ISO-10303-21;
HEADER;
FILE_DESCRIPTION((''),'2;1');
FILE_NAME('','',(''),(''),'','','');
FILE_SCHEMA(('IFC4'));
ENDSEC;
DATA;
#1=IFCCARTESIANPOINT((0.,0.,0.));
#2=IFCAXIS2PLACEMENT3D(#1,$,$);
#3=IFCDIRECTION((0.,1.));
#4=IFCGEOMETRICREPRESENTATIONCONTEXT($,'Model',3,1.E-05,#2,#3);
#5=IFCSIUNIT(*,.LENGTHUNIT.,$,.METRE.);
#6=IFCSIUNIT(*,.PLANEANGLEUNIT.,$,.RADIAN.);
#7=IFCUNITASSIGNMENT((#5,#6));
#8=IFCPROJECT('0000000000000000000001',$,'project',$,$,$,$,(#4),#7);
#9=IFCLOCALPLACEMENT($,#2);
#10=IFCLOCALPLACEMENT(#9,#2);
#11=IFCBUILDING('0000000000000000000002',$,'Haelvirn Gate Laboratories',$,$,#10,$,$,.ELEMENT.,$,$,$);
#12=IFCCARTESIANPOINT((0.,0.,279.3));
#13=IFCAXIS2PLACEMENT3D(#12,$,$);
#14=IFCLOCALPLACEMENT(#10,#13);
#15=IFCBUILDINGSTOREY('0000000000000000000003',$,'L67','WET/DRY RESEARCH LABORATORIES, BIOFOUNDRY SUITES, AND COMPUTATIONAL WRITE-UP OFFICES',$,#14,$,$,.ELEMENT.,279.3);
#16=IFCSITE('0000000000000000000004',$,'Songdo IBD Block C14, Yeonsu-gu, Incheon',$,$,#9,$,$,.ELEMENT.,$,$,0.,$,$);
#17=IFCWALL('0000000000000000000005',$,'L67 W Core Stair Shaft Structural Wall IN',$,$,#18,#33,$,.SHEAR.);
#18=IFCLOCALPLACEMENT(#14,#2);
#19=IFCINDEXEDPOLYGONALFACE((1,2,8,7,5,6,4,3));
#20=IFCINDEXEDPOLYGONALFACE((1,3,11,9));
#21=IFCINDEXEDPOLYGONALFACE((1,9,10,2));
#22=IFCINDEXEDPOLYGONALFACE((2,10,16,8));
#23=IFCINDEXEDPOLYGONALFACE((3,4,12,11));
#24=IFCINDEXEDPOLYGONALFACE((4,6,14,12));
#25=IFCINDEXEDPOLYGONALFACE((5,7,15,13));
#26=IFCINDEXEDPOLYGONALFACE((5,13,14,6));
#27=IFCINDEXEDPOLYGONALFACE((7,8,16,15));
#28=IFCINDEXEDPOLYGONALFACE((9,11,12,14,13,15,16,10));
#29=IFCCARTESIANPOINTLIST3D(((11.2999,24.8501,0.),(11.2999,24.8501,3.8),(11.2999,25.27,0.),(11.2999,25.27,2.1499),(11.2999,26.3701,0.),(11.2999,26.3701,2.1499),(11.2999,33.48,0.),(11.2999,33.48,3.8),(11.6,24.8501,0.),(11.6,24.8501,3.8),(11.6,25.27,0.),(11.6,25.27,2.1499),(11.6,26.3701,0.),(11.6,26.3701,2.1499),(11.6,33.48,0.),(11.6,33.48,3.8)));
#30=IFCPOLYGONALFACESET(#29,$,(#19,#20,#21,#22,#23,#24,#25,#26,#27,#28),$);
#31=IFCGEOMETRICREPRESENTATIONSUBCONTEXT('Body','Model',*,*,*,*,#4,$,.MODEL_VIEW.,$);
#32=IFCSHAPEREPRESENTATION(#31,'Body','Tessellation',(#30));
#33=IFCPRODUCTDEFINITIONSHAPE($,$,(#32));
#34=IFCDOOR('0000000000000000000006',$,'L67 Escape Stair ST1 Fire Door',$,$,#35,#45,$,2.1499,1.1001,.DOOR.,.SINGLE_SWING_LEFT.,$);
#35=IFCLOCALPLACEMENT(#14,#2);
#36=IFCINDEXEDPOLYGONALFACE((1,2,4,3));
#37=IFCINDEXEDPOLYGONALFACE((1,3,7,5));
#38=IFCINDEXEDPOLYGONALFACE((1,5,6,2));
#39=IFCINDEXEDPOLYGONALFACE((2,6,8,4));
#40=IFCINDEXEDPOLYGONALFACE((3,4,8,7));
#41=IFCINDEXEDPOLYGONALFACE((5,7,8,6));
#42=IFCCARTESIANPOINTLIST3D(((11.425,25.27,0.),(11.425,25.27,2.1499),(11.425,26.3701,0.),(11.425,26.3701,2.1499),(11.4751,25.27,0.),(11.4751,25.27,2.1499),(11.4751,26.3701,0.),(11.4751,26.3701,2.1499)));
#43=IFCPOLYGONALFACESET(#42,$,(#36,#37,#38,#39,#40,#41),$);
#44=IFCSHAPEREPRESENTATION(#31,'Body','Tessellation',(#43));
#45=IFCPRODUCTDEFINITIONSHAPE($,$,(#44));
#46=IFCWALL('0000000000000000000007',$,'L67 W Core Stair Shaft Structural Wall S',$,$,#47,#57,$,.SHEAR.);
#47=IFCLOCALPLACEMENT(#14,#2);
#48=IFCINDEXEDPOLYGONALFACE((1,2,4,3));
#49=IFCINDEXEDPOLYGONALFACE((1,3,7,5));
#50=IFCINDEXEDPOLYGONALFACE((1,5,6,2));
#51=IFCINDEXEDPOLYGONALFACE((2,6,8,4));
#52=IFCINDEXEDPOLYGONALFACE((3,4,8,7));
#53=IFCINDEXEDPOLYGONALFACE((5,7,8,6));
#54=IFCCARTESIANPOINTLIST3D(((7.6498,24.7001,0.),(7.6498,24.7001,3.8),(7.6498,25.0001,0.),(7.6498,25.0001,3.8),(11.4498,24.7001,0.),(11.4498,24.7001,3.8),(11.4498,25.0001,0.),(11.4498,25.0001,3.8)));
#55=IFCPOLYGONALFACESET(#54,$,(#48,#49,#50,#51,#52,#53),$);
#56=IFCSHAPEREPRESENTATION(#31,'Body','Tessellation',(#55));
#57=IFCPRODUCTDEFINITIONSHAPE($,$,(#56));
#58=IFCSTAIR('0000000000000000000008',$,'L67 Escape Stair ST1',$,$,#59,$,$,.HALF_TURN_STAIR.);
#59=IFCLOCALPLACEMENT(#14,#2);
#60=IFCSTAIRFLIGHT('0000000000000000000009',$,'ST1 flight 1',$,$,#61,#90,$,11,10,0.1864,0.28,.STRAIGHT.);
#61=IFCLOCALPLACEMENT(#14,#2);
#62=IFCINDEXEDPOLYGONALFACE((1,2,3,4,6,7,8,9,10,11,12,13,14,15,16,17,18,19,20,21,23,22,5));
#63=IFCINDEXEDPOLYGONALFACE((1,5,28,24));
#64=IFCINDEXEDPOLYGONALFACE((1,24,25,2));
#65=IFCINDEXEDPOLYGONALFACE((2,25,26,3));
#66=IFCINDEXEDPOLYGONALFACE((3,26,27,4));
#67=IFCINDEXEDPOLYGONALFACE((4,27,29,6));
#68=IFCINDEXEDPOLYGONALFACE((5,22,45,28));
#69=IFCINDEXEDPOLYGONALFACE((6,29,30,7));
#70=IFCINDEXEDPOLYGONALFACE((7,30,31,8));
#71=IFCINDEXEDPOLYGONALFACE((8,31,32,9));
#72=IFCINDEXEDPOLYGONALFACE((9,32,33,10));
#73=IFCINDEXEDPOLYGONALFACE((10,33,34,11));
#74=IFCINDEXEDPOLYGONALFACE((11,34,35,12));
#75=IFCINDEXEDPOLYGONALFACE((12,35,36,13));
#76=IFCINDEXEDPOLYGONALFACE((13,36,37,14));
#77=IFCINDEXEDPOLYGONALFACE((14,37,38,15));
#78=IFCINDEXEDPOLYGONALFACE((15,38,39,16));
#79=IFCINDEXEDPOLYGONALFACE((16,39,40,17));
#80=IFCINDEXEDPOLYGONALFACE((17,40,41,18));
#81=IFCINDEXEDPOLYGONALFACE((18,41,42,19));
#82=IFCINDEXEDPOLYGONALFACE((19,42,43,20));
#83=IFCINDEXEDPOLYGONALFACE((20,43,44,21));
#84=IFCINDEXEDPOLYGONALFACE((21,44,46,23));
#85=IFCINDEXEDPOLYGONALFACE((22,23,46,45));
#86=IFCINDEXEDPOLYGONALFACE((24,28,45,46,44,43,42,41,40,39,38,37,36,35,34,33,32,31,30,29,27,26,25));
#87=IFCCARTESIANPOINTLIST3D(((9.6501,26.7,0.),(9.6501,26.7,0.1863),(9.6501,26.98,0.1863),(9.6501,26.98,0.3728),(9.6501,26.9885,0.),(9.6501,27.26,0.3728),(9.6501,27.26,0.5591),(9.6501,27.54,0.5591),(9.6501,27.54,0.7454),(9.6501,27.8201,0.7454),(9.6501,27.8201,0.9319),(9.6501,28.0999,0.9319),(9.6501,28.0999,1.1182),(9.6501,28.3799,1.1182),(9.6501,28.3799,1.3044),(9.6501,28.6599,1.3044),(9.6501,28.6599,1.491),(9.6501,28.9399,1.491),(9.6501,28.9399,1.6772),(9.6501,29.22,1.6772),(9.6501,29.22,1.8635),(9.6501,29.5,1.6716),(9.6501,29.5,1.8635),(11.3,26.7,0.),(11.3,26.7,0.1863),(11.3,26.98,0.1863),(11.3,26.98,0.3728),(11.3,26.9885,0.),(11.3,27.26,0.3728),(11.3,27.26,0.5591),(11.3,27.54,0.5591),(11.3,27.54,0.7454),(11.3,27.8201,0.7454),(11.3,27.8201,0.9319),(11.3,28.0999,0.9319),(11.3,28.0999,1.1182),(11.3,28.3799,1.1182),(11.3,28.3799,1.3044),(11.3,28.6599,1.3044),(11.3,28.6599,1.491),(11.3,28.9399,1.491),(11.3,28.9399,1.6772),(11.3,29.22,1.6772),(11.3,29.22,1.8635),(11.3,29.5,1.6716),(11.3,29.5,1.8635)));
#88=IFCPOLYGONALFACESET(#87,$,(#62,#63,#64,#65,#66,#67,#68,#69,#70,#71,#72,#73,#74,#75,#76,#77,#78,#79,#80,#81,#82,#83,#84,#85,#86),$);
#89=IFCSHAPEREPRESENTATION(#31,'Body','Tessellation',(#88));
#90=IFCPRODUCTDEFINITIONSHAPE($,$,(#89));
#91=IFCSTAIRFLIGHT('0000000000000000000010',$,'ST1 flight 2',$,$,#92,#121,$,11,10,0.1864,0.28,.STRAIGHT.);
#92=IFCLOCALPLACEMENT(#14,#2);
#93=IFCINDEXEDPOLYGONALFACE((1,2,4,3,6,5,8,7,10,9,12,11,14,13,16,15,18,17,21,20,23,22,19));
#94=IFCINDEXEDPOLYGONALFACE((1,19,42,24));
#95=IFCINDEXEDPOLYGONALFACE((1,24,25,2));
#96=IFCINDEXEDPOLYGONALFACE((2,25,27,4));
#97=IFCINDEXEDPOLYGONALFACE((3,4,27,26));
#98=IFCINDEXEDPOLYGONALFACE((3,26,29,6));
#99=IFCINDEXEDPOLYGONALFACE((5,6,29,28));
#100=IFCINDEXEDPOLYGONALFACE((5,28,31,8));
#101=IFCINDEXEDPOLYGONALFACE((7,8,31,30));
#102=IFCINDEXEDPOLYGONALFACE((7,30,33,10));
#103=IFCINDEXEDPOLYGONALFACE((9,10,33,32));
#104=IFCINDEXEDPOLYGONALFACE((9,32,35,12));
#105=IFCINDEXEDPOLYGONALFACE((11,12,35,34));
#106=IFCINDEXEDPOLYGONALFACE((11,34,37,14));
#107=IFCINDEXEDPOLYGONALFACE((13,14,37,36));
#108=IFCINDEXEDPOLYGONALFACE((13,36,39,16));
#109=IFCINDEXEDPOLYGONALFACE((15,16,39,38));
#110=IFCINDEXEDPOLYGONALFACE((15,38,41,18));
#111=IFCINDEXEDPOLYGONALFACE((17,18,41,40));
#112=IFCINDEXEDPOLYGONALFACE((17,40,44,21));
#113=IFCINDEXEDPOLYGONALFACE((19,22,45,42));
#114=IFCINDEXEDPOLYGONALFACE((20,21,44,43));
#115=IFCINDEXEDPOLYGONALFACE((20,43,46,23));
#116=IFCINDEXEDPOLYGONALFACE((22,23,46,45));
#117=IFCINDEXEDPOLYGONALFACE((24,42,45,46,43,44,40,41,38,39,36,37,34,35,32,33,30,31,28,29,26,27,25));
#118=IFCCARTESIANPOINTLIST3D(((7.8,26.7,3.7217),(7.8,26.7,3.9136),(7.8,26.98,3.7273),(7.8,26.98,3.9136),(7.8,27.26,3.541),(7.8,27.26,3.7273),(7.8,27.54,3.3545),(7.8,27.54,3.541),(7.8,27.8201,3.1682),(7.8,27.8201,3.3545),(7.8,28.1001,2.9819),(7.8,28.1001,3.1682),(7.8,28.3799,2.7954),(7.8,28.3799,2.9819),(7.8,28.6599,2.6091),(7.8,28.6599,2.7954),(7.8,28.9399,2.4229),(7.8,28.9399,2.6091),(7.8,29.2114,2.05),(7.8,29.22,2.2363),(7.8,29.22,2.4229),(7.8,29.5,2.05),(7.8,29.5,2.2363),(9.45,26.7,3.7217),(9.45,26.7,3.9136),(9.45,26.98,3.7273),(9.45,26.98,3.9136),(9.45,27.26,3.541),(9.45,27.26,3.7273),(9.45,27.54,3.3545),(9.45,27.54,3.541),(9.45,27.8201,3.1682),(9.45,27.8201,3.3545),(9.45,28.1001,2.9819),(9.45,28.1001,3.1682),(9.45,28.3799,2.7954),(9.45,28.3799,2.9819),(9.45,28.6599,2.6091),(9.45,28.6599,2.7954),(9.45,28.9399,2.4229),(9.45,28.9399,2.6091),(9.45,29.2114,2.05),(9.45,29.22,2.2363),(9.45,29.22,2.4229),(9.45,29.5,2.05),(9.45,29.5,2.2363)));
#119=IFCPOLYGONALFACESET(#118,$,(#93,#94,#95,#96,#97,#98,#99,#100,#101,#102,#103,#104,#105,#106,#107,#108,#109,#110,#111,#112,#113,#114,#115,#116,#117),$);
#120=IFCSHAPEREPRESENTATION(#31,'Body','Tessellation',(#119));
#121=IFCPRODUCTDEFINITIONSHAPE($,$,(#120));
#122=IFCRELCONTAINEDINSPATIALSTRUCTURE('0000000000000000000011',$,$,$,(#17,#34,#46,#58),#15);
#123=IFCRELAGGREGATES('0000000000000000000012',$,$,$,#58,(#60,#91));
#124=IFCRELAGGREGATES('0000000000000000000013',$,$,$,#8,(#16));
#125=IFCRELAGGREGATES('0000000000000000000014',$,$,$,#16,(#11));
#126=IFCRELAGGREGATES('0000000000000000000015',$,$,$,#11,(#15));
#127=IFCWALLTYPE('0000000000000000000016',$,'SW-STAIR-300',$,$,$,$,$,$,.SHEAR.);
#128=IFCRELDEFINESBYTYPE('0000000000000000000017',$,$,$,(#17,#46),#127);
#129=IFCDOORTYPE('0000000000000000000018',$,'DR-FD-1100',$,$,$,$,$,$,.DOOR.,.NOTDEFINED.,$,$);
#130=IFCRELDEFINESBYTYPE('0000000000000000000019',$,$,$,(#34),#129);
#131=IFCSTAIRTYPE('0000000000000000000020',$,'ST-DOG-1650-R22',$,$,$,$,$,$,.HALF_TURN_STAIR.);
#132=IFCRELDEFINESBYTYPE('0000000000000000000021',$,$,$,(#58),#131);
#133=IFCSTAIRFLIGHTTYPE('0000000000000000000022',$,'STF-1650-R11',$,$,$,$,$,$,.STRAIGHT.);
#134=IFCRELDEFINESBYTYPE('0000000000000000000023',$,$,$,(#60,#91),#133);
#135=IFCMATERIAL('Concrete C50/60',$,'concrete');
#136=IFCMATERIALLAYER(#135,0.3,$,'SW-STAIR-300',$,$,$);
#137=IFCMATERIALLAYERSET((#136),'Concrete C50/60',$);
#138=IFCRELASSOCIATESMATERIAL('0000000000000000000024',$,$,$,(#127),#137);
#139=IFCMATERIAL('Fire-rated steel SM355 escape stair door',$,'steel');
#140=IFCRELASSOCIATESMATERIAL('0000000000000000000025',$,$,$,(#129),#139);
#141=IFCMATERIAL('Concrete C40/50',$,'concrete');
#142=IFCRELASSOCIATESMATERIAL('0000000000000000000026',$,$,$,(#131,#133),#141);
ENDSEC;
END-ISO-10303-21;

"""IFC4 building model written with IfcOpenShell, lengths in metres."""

from ifc_helpers import new_model, si_unit, direction, frame, frame_2d, origin, place, context, subcontext, project, spatial, polyline, rectangle, outline, extrude, source, transform, mapped, material, layer, layer_set, type_object, type_shapes, element, fill, aggregate, save


model = new_model("IFC4")

# Units and contexts
model_context = context("Model", 3, precision=1e-05, world=origin(), true_north=direction((0.0, 1.0)))
body_context = subcontext(model_context, "Body", "Model", "MODEL_VIEW")
ifc_project = project(units=[si_unit("LENGTHUNIT", "METRE"), si_unit("PLANEANGLEUNIT", "RADIAN")], contexts=[model_context])

# Site, building, storey
site_placement = place(None, origin())
site = spatial("IfcSite", under=ifc_project, at=site_placement, Name="Songdo IBD Block C14, Yeonsu-gu, Incheon", CompositionType="ELEMENT", RefElevation=0.0)
building_placement = place(site_placement, origin())
building = spatial("IfcBuilding", under=site, at=building_placement, Name="Haelvirn Gate Laboratories", CompositionType="ELEMENT")
storey_placement = place(building_placement, frame((0.0, 0.0, 279.3)))
storey = spatial("IfcBuildingStorey", under=building, at=storey_placement, Name="L67", Description="WET/DRY RESEARCH LABORATORIES, BIOFOUNDRY SUITES, AND COMPUTATIONAL WRITE-UP OFFICES", CompositionType="ELEMENT", Elevation=279.3)

# Shared definitions
ifc_material_1 = material(Name="Concrete C50/60", Category="concrete")

# Shared definitions
ifc_material_2 = material(Name="Concrete C40/50", Category="concrete")

# Wall, opening, door
ifc_layer_1 = layer(ifc_material_1, 0.3, Name="SW-STAIR-300")
ifc_layer_set_1 = layer_set([ifc_layer_1], Name="Concrete C50/60")
wall_type_1 = type_object("IfcWallType", Name="SW-STAIR-300", PredefinedType="SHEAR", material=ifc_layer_set_1)
wall_1_placement = place(storey_placement, frame((11.45, 24.8501, 0.0), z_axis=(0.0, 0.0, 1.0), x_axis=(0.0, 1.0, 0.0)))
wall_1 = element("IfcWall", 1, at=wall_1_placement, inside=storey, type_object=wall_type_1, Name="L67 W Core Stair Shaft Structural Wall IN", PredefinedType="SHEAR", context=body_context, shape_type="SweptSolid", body=[
    extrude(rectangle(XDim=8.6299, YDim=0.3, at=frame_2d((4.3149, 0.0))), origin(), (0.0, 0.0, 1.0), 3.8),
])
opening_1_placement = place(wall_1_placement, frame((0.4199, 0.0, 0.0)))
opening_1 = element("IfcOpeningElement", 2, at=opening_1_placement, cuts=wall_1, PredefinedType="OPENING", context=body_context, shape_type="SweptSolid", body=[
    extrude(rectangle(XDim=1.1001, YDim=2.1499, at=frame_2d((0.55, 1.075))), frame((0.0, 0.1602, 0.0), z_axis=(0.0, -1.0, 0.0), x_axis=(1.0, 0.0, 0.0)), (0.0, 0.0, 1.0), 0.3201),
])
ifc_material_3 = material(Name="Fire-rated steel SM355 escape stair door", Category="steel")
door_type_1 = type_object("IfcDoorType", Name="DR-FD-1100", OperationType="NOTDEFINED", PredefinedType="DOOR", material=ifc_material_3)
shared_shape_1 = source(origin(), body_context, "Body", "SweptSolid", [
    extrude(rectangle(XDim=1.1001, YDim=2.1499, at=frame_2d((0.55, 1.075))), frame((0.0, 0.0249, 0.0), z_axis=(0.0, -1.0, 0.0), x_axis=(1.0, 0.0, 0.0)), (0.0, 0.0, 1.0), 0.05),
])
type_shapes(door_type_1, [shared_shape_1])
door_1_placement = place(opening_1_placement, origin())
door_1 = element("IfcDoor", 3, at=door_1_placement, inside=storey, type_object=door_type_1, Name="L67 Escape Stair ST1 Fire Door", OperationType="SINGLE_SWING_LEFT", OverallHeight=2.1499, OverallWidth=1.1001, PredefinedType="DOOR", context=body_context, shape_type="MappedRepresentation", body=[
    mapped(shared_shape_1, transform((0.0, 0.0, 0.0), scale=1.0)),
])
fill(opening_1, door_1)

# Wall
wall_2_placement = place(storey_placement, frame((7.6499, 24.8501, 0.0), z_axis=(0.0, 0.0, 1.0), x_axis=(1.0, 0.0, 0.0)))
element("IfcWall", 4, at=wall_2_placement, inside=storey, type_object=wall_type_1, Name="L67 W Core Stair Shaft Structural Wall S", PredefinedType="SHEAR", context=body_context, shape_type="SweptSolid", body=[
    extrude(rectangle(XDim=3.8, YDim=0.3, at=frame_2d((1.8999, 0.0))), origin(), (0.0, 0.0, 1.0), 3.8),
])

# Stair, stair flights
stair_type = type_object("IfcStairType", Name="ST-DOG-1650-R22", PredefinedType="HALF_TURN_STAIR", material=ifc_material_2)
stair_placement = place(storey_placement, origin())
stair = element("IfcStair", 5, at=stair_placement, inside=storey, type_object=stair_type, Name="L67 Escape Stair ST1", PredefinedType="HALF_TURN_STAIR")
stair_flight_type = type_object("IfcStairFlightType", Name="STF-1650-R11", PredefinedType="STRAIGHT", material=ifc_material_2)
shared_shape_2 = source(origin(), body_context, "Body", "SweptSolid", [
    extrude(outline(polyline([(0.0, 0.0), (0.0, 0.1863), (0.28, 0.1863), (0.28, 0.3728), (0.5601, 0.3728), (0.5601, 0.5591), (0.8401, 0.5591), (0.8401, 0.7454), (1.1201, 0.7454), (1.1201, 0.9319), (1.3999, 0.9319), (1.3999, 1.1182), (1.6799, 1.1182), (1.6799, 1.3044), (1.96, 1.3044), (1.96, 1.491), (2.24, 1.491), (2.24, 1.6772), (2.52, 1.6772), (2.52, 1.8635), (2.8, 1.8635), (2.8, 2.05), (2.8, 1.6716), (0.2886, 0.0), (0.0, 0.0)])), frame((0.0, 0.825, 0.0), z_axis=(0.0, -1.0, 0.0), x_axis=(1.0, 0.0, 0.0)), (0.0, 0.0, 1.0), 1.6499),
])
type_shapes(stair_flight_type, [shared_shape_2])
stair_flight_1_placement = place(storey_placement, frame((10.4751, 26.7, 0.0), z_axis=(0.0, 0.0, 1.0), x_axis=(0.0, 1.0, 0.0)))
stair_flight_1 = element("IfcStairFlight", 6, at=stair_flight_1_placement, type_object=stair_flight_type, Name="ST1 flight 1", NumberOfRisers=11, NumberOfTreads=10, PredefinedType="STRAIGHT", RiserHeight=0.1864, TreadLength=0.28, context=body_context, shape_type="MappedRepresentation", body=[
    mapped(shared_shape_2, transform((0.0, 0.0, 0.0), scale=1.0)),
])
stair_flight_2_placement = place(storey_placement, frame((8.625, 29.5, 2.05), z_axis=(0.0, 0.0, 1.0), x_axis=(0.0, -1.0, 0.0)))
stair_flight_2 = element("IfcStairFlight", 7, at=stair_flight_2_placement, type_object=stair_flight_type, Name="ST1 flight 2", NumberOfRisers=11, NumberOfTreads=10, PredefinedType="STRAIGHT", RiserHeight=0.1864, TreadLength=0.28, context=body_context, shape_type="MappedRepresentation", body=[
    mapped(shared_shape_2, transform((0.0, 0.0, 0.0), scale=1.0)),
])
aggregate(stair, [stair_flight_1, stair_flight_2])

save(model, "model.ifc")
